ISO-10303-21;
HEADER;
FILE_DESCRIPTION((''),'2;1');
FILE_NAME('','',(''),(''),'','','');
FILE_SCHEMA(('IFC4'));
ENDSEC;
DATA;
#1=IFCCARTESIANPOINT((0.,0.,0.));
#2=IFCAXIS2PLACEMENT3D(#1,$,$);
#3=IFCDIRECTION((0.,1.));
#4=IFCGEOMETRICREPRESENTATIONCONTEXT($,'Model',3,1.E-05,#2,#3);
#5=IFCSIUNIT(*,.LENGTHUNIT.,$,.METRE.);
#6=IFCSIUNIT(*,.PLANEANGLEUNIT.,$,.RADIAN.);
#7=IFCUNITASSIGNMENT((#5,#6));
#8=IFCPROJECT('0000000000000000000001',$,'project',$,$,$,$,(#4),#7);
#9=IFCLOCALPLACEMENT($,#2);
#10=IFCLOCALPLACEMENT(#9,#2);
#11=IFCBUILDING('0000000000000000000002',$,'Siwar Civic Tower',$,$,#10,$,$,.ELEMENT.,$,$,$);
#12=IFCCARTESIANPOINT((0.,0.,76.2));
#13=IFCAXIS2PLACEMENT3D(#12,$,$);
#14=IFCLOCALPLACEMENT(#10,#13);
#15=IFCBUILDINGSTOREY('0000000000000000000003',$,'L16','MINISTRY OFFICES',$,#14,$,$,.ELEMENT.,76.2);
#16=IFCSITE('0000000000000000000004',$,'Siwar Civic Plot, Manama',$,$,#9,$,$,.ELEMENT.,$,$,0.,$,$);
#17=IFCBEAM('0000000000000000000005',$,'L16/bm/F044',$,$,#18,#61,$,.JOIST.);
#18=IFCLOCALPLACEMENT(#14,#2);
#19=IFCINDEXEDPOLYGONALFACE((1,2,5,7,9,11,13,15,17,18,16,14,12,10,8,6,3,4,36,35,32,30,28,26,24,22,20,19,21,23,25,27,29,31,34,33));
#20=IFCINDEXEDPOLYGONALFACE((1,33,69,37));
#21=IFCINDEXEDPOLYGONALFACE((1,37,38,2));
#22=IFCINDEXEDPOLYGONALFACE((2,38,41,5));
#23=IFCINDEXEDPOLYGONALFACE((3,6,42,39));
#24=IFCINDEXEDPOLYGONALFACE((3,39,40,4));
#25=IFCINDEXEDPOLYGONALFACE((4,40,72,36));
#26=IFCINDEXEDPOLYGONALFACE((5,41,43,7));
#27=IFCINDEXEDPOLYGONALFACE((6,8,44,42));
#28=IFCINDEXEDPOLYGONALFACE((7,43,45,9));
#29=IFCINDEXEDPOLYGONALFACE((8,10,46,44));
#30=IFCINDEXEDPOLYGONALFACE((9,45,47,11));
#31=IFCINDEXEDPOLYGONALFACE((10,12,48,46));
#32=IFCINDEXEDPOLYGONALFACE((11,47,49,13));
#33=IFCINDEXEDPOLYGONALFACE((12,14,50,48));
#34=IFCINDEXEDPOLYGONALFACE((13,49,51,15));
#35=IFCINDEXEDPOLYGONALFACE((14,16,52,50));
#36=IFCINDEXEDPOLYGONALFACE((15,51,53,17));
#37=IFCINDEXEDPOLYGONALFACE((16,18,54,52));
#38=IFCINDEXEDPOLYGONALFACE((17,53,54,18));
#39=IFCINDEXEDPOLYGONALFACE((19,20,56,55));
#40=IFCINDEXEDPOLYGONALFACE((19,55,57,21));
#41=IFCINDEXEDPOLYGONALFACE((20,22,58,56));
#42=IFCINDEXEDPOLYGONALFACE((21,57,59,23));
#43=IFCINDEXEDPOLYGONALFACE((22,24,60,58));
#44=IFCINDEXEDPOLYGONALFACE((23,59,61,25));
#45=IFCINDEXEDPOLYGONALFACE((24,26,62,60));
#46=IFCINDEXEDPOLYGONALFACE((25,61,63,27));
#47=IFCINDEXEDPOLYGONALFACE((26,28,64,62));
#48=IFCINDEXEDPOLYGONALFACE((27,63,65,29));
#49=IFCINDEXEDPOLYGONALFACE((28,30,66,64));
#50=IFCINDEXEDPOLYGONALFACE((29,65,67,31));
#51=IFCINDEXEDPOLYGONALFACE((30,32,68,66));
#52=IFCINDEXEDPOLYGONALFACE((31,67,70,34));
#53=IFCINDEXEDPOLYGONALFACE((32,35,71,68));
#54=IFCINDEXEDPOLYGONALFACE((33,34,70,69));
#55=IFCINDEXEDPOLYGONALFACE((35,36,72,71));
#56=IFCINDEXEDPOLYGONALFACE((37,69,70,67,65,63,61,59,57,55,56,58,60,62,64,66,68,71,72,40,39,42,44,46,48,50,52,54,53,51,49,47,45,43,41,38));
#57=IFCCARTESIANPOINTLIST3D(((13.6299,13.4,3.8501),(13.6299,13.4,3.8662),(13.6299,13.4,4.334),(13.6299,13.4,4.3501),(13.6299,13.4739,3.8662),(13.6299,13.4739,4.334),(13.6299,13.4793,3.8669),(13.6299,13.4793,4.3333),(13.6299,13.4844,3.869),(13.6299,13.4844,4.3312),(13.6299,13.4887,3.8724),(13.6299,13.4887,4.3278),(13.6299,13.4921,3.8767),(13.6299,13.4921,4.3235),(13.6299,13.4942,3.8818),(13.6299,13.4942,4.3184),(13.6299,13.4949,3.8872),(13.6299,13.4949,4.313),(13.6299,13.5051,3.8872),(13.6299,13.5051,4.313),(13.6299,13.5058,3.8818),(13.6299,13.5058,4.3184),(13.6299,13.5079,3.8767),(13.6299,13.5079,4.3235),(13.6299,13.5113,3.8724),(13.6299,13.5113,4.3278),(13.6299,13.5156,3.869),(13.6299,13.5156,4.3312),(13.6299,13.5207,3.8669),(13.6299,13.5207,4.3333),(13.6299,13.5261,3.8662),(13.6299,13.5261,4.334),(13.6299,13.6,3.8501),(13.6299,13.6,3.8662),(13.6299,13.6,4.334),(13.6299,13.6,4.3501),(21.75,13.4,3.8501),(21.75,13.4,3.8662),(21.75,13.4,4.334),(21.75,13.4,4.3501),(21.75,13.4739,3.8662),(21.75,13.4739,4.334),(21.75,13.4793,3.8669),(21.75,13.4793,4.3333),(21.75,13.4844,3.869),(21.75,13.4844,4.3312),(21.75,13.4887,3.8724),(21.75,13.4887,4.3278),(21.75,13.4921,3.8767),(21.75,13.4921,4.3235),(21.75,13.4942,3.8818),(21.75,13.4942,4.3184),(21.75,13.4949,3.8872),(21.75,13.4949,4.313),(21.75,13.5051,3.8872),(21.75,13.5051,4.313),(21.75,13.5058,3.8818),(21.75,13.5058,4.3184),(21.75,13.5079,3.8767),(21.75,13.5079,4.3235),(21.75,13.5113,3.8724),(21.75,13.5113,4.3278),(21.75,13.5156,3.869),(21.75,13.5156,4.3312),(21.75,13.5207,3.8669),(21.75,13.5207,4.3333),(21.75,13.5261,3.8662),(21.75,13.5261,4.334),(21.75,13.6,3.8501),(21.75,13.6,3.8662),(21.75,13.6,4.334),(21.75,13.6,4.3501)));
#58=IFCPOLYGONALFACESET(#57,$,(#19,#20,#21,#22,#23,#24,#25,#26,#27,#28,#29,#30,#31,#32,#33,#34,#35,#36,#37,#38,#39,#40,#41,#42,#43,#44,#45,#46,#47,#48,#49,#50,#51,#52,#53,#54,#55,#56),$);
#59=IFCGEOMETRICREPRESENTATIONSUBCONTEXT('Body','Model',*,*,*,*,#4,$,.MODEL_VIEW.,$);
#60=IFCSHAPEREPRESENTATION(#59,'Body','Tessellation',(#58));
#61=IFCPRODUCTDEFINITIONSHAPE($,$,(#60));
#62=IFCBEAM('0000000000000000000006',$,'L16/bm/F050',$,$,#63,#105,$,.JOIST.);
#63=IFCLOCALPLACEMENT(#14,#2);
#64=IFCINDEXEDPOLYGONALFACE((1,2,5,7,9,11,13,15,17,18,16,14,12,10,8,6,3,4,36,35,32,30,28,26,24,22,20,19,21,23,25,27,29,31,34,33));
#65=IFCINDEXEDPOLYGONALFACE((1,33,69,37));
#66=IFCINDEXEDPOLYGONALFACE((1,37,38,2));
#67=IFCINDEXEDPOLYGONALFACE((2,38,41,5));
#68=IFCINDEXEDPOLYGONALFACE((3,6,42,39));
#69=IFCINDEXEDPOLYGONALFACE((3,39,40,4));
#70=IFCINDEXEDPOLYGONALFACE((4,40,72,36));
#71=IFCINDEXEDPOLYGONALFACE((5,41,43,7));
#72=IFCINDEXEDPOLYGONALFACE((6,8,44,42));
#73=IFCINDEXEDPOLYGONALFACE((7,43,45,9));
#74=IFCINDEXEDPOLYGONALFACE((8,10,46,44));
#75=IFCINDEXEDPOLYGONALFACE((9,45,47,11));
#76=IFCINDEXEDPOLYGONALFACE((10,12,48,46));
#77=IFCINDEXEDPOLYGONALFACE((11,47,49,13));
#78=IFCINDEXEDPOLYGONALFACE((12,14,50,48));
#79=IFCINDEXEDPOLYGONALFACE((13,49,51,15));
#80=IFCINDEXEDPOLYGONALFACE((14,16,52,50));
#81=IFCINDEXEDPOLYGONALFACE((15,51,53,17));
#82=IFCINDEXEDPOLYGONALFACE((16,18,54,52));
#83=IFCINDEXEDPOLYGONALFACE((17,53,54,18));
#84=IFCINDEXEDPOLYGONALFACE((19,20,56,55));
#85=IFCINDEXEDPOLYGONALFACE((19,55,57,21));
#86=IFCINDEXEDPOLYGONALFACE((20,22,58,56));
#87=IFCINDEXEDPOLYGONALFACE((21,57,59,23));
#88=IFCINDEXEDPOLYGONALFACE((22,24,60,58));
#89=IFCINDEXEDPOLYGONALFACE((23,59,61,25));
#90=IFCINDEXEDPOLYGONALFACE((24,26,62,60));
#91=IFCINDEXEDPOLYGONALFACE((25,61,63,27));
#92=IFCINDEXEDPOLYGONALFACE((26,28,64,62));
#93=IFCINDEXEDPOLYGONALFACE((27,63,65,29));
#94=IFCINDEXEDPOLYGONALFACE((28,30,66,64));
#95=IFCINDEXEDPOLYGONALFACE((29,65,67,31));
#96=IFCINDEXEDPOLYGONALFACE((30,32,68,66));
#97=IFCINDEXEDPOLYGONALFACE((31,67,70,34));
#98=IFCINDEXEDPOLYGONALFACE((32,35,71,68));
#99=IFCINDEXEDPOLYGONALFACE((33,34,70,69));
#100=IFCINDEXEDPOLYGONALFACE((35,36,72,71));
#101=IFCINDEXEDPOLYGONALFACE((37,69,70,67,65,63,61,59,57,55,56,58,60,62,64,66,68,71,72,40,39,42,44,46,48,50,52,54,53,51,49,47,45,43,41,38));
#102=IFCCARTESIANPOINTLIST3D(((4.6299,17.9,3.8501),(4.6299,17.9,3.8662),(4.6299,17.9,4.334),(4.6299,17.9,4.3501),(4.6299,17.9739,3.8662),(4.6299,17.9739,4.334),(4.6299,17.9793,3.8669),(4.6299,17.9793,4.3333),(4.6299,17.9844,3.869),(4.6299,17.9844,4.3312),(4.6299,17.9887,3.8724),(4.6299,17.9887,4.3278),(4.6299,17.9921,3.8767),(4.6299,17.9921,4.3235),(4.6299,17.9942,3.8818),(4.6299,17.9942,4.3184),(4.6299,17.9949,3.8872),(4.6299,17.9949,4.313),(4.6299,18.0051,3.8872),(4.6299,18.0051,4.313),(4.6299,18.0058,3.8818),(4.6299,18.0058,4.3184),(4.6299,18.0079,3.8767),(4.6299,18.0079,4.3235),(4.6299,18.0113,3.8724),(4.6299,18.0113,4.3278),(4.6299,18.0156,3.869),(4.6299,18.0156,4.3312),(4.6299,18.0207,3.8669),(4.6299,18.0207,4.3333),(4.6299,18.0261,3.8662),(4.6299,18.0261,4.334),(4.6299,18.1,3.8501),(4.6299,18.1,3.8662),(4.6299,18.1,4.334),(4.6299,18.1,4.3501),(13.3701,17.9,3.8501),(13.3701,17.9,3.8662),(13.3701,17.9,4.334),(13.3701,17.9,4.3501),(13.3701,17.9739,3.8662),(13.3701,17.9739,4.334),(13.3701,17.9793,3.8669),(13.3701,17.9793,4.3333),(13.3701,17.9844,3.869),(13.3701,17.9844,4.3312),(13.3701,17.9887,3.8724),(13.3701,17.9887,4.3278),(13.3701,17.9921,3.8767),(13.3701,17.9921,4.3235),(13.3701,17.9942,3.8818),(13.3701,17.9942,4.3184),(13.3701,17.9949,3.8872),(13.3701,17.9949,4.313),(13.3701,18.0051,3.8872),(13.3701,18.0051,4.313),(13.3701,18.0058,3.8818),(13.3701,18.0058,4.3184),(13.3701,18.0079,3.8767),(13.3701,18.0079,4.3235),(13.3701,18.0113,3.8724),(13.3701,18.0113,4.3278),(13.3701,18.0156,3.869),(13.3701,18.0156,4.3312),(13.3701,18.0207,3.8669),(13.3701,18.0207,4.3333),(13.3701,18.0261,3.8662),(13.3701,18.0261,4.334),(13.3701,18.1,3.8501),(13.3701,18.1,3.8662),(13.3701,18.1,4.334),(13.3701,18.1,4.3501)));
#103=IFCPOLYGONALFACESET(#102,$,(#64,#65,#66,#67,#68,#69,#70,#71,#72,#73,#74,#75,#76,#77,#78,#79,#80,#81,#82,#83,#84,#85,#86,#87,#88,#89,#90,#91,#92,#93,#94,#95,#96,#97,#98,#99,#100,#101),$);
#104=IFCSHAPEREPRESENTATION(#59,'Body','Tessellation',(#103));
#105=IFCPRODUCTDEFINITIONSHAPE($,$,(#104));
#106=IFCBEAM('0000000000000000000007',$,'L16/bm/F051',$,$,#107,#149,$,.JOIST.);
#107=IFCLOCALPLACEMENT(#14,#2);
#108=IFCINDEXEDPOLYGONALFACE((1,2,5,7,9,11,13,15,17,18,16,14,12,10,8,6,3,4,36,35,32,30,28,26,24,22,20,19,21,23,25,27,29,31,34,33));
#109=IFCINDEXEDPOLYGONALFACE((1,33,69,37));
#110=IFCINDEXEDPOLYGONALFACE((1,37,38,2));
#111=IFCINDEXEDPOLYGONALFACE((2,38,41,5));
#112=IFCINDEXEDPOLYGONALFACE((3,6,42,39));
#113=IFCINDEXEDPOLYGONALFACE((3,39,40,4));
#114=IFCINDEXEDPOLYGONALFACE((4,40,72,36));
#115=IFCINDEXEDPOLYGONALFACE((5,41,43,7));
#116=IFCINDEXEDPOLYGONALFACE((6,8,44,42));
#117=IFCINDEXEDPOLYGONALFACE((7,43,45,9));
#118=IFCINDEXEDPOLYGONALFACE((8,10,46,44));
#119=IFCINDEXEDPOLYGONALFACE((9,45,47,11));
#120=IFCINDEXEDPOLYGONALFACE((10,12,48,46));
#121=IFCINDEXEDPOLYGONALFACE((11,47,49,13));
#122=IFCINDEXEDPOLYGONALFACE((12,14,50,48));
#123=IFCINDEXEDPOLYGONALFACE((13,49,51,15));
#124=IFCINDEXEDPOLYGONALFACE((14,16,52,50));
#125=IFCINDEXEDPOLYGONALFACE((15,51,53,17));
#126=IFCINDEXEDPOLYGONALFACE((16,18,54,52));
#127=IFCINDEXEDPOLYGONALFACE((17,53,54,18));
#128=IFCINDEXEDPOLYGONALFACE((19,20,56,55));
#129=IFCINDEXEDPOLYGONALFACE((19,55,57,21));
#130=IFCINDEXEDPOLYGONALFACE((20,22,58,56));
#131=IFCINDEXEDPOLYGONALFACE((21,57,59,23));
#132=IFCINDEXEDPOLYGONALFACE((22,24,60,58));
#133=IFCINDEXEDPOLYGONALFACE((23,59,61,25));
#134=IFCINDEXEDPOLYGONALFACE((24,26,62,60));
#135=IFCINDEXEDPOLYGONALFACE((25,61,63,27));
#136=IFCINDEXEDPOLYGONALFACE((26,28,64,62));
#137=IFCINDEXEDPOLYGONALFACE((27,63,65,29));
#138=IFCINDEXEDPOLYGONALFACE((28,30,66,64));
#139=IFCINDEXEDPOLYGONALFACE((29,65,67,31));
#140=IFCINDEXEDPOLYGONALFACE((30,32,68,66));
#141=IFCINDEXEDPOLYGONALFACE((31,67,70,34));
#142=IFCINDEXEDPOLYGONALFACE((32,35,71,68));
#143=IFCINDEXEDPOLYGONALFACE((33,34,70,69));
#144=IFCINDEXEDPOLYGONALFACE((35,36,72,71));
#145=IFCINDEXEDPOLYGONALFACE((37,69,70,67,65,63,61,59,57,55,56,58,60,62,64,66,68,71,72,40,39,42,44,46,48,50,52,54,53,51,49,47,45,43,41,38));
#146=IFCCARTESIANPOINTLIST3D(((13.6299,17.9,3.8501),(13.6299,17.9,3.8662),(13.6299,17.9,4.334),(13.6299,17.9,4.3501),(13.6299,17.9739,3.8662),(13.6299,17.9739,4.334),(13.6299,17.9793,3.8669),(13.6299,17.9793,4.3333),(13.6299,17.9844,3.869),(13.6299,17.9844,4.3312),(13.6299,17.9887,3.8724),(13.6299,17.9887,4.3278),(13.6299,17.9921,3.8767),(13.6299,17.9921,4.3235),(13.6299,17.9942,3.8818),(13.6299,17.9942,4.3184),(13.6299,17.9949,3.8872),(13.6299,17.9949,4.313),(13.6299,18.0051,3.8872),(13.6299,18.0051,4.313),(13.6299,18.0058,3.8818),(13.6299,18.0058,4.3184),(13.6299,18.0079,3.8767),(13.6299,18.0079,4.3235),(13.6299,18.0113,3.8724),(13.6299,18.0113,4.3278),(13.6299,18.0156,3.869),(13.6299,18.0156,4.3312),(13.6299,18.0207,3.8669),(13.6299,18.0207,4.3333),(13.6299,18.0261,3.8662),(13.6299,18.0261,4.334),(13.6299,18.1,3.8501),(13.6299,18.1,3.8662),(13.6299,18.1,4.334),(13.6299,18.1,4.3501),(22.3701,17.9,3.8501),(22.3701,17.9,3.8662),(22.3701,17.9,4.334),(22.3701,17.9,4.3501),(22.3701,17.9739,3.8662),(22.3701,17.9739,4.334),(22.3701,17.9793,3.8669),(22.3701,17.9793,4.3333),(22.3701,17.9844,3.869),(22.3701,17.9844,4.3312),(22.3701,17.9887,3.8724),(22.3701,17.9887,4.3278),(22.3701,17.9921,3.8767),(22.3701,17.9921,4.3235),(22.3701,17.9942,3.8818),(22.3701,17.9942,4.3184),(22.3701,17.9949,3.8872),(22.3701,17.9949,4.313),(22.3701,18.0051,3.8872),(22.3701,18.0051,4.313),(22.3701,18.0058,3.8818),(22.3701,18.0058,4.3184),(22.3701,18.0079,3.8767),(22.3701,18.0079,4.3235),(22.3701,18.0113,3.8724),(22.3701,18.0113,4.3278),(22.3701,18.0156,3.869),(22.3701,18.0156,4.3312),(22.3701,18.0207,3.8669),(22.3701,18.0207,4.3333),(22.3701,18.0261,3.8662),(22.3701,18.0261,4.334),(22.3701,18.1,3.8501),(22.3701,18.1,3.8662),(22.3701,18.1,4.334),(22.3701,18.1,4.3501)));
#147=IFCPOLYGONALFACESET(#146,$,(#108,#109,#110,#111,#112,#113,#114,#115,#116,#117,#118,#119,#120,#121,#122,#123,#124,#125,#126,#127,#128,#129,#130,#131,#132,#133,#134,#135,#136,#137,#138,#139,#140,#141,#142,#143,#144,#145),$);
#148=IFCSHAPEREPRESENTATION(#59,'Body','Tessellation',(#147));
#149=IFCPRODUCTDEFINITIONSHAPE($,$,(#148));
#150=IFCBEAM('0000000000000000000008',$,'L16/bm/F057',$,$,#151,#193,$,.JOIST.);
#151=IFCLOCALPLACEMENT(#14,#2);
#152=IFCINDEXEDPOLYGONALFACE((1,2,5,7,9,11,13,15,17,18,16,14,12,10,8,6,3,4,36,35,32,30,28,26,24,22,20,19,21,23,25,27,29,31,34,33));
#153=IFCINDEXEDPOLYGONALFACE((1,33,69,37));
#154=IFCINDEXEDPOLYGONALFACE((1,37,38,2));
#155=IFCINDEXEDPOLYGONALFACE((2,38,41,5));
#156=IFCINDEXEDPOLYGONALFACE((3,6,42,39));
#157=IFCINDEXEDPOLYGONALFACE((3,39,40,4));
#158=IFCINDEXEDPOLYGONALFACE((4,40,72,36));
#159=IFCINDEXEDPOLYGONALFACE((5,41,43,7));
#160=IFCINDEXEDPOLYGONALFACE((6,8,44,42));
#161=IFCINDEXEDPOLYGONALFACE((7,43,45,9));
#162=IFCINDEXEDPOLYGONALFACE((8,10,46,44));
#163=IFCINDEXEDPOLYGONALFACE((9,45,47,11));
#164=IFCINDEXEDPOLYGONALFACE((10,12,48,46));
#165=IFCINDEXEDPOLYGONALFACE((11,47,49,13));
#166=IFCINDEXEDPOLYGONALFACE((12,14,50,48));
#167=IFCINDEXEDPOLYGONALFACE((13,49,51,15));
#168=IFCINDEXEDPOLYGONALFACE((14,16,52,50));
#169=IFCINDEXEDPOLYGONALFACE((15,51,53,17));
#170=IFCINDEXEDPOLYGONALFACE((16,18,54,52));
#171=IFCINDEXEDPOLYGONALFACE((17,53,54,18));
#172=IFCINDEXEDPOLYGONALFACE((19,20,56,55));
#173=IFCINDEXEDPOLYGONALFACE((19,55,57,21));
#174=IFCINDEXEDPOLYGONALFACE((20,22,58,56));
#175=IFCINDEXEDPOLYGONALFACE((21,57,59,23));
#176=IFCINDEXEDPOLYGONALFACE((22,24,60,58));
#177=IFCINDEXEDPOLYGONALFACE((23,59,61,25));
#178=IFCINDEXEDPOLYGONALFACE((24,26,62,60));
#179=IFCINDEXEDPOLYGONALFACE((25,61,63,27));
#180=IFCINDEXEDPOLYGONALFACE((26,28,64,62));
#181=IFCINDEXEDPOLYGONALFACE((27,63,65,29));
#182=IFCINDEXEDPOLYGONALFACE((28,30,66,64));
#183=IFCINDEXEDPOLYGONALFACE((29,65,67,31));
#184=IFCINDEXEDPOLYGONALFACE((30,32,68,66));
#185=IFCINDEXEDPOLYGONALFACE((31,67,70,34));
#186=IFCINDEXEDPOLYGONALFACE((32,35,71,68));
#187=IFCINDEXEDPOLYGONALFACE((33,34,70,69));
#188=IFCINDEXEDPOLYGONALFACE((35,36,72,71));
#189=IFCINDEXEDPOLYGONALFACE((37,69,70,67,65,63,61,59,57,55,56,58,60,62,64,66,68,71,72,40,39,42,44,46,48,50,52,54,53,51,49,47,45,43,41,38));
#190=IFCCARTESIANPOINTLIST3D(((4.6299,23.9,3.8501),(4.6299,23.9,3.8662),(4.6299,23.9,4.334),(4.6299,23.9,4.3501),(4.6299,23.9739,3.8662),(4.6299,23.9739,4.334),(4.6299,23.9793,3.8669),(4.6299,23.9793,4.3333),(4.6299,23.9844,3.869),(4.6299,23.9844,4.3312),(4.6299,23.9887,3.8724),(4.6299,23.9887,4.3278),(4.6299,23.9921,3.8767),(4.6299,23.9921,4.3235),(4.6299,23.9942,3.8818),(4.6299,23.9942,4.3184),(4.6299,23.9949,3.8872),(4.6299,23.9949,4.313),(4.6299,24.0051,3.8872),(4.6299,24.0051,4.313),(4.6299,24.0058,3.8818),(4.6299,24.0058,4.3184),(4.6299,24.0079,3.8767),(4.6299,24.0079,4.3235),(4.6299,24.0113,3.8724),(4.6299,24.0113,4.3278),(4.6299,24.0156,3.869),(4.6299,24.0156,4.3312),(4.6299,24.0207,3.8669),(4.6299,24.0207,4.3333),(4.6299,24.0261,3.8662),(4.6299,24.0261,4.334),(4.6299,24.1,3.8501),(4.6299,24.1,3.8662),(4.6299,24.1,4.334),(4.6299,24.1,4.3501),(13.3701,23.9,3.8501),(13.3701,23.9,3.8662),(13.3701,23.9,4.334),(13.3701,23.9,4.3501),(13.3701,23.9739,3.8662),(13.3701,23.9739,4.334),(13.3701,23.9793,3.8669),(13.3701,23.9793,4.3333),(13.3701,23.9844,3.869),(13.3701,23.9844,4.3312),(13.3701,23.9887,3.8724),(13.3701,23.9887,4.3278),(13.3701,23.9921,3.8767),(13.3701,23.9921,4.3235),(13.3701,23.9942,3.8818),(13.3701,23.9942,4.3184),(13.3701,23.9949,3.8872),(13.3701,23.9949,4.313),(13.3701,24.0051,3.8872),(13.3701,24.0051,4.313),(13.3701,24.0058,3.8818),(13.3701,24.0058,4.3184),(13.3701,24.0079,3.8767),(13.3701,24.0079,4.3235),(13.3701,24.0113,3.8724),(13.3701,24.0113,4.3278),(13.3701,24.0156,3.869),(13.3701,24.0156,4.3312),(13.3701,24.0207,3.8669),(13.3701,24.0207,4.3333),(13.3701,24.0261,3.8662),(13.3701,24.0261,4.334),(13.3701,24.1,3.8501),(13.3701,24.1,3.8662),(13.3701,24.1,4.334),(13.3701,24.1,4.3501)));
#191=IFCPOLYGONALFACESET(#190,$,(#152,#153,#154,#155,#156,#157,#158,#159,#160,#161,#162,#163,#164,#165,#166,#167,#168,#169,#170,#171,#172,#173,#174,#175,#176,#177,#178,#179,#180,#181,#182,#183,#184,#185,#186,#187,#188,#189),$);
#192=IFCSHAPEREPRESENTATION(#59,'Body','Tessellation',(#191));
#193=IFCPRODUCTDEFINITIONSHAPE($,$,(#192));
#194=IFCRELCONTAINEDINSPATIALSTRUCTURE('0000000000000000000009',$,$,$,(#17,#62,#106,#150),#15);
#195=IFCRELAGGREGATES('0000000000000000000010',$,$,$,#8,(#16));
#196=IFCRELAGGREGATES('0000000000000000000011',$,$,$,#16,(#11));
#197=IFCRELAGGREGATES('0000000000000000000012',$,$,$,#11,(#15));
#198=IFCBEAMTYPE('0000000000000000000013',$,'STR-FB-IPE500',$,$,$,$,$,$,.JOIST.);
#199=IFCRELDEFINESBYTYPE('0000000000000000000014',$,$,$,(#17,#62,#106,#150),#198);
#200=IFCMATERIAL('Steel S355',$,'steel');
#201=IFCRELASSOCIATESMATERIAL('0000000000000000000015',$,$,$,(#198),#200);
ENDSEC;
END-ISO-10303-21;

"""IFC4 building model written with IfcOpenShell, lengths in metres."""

from ifc_helpers import new_model, si_unit, direction, frame, origin, origin_2d, place, context, subcontext, project, spatial, i_section, extrude, material, material_profile, profile_set, type_object, element, save


model = new_model("IFC4")

# Units and contexts
model_context = context("Model", 3, precision=1e-05, world=origin(), true_north=direction((0.0, 1.0)))
body_context = subcontext(model_context, "Body", "Model", "MODEL_VIEW")
ifc_project = project(units=[si_unit("LENGTHUNIT", "METRE"), si_unit("PLANEANGLEUNIT", "RADIAN")], contexts=[model_context])

# Site, building, storey
site_placement = place(None, origin())
site = spatial("IfcSite", under=ifc_project, at=site_placement, Name="Siwar Civic Plot, Manama", CompositionType="ELEMENT", RefElevation=0.0)
building_placement = place(site_placement, origin())
building = spatial("IfcBuilding", under=site, at=building_placement, Name="Siwar Civic Tower", CompositionType="ELEMENT")
storey_placement = place(building_placement, frame((0.0, 0.0, 76.2)))
storey = spatial("IfcBuildingStorey", under=building, at=storey_placement, Name="L16", Description="MINISTRY OFFICES", CompositionType="ELEMENT", Elevation=76.2)

# Beams
ifc_material_1 = material(Name="Steel S355", Category="steel")
ifc_material_profile_1 = material_profile(ifc_material_1, i_section(OverallWidth=0.2, OverallDepth=0.5, WebThickness=0.0103, FlangeThickness=0.0161, FilletRadius=0.021, at=origin_2d()), Name="IPE500")
ifc_profile_set_1 = profile_set([ifc_material_profile_1], Name="Steel S355")
beam_type_1 = type_object("IfcBeamType", Name="STR-FB-IPE500", PredefinedType="JOIST", material=ifc_profile_set_1)
beam_1_placement = place(storey_placement, frame((13.6299, 13.5, 4.1001), z_axis=(1.0, 0.0, 0.0), x_axis=(0.0, 1.0, 0.0)))
element("IfcBeam", 1, at=beam_1_placement, inside=storey, type_object=beam_type_1, Name="L16/bm/F044", PredefinedType="JOIST", context=body_context, shape_type="SweptSolid", body=[
    extrude(i_section(OverallWidth=0.2, OverallDepth=0.5, WebThickness=0.0103, FlangeThickness=0.0161, FilletRadius=0.021, at=origin_2d()), origin(), (0.0, 0.0, 1.0), 8.1201),
])
for number, where, z_axis, x_axis, name in (
    (2, (4.6299, 18.0, 4.1001), (1.0, 0.0, 0.0), (0.0, 1.0, 0.0), "L16/bm/F050"),
    (3, (13.6299, 18.0, 4.1001), (1.0, 0.0, 0.0), (0.0, 1.0, 0.0), "L16/bm/F051"),
    (4, (4.6299, 24.0, 4.1001), (1.0, 0.0, 0.0), (0.0, 1.0, 0.0), "L16/bm/F057"),
):
    element("IfcBeam", number, at=place(storey_placement, frame(where, z_axis=z_axis, x_axis=x_axis)), inside=storey, type_object=beam_type_1, Name=name, PredefinedType="JOIST", context=body_context, shape_type="SweptSolid", body=[
        extrude(i_section(OverallWidth=0.2, OverallDepth=0.5, WebThickness=0.0103, FlangeThickness=0.0161, FilletRadius=0.021, at=origin_2d()), origin(), (0.0, 0.0, 1.0), 8.7402),
    ])

save(model, "model.ifc")
